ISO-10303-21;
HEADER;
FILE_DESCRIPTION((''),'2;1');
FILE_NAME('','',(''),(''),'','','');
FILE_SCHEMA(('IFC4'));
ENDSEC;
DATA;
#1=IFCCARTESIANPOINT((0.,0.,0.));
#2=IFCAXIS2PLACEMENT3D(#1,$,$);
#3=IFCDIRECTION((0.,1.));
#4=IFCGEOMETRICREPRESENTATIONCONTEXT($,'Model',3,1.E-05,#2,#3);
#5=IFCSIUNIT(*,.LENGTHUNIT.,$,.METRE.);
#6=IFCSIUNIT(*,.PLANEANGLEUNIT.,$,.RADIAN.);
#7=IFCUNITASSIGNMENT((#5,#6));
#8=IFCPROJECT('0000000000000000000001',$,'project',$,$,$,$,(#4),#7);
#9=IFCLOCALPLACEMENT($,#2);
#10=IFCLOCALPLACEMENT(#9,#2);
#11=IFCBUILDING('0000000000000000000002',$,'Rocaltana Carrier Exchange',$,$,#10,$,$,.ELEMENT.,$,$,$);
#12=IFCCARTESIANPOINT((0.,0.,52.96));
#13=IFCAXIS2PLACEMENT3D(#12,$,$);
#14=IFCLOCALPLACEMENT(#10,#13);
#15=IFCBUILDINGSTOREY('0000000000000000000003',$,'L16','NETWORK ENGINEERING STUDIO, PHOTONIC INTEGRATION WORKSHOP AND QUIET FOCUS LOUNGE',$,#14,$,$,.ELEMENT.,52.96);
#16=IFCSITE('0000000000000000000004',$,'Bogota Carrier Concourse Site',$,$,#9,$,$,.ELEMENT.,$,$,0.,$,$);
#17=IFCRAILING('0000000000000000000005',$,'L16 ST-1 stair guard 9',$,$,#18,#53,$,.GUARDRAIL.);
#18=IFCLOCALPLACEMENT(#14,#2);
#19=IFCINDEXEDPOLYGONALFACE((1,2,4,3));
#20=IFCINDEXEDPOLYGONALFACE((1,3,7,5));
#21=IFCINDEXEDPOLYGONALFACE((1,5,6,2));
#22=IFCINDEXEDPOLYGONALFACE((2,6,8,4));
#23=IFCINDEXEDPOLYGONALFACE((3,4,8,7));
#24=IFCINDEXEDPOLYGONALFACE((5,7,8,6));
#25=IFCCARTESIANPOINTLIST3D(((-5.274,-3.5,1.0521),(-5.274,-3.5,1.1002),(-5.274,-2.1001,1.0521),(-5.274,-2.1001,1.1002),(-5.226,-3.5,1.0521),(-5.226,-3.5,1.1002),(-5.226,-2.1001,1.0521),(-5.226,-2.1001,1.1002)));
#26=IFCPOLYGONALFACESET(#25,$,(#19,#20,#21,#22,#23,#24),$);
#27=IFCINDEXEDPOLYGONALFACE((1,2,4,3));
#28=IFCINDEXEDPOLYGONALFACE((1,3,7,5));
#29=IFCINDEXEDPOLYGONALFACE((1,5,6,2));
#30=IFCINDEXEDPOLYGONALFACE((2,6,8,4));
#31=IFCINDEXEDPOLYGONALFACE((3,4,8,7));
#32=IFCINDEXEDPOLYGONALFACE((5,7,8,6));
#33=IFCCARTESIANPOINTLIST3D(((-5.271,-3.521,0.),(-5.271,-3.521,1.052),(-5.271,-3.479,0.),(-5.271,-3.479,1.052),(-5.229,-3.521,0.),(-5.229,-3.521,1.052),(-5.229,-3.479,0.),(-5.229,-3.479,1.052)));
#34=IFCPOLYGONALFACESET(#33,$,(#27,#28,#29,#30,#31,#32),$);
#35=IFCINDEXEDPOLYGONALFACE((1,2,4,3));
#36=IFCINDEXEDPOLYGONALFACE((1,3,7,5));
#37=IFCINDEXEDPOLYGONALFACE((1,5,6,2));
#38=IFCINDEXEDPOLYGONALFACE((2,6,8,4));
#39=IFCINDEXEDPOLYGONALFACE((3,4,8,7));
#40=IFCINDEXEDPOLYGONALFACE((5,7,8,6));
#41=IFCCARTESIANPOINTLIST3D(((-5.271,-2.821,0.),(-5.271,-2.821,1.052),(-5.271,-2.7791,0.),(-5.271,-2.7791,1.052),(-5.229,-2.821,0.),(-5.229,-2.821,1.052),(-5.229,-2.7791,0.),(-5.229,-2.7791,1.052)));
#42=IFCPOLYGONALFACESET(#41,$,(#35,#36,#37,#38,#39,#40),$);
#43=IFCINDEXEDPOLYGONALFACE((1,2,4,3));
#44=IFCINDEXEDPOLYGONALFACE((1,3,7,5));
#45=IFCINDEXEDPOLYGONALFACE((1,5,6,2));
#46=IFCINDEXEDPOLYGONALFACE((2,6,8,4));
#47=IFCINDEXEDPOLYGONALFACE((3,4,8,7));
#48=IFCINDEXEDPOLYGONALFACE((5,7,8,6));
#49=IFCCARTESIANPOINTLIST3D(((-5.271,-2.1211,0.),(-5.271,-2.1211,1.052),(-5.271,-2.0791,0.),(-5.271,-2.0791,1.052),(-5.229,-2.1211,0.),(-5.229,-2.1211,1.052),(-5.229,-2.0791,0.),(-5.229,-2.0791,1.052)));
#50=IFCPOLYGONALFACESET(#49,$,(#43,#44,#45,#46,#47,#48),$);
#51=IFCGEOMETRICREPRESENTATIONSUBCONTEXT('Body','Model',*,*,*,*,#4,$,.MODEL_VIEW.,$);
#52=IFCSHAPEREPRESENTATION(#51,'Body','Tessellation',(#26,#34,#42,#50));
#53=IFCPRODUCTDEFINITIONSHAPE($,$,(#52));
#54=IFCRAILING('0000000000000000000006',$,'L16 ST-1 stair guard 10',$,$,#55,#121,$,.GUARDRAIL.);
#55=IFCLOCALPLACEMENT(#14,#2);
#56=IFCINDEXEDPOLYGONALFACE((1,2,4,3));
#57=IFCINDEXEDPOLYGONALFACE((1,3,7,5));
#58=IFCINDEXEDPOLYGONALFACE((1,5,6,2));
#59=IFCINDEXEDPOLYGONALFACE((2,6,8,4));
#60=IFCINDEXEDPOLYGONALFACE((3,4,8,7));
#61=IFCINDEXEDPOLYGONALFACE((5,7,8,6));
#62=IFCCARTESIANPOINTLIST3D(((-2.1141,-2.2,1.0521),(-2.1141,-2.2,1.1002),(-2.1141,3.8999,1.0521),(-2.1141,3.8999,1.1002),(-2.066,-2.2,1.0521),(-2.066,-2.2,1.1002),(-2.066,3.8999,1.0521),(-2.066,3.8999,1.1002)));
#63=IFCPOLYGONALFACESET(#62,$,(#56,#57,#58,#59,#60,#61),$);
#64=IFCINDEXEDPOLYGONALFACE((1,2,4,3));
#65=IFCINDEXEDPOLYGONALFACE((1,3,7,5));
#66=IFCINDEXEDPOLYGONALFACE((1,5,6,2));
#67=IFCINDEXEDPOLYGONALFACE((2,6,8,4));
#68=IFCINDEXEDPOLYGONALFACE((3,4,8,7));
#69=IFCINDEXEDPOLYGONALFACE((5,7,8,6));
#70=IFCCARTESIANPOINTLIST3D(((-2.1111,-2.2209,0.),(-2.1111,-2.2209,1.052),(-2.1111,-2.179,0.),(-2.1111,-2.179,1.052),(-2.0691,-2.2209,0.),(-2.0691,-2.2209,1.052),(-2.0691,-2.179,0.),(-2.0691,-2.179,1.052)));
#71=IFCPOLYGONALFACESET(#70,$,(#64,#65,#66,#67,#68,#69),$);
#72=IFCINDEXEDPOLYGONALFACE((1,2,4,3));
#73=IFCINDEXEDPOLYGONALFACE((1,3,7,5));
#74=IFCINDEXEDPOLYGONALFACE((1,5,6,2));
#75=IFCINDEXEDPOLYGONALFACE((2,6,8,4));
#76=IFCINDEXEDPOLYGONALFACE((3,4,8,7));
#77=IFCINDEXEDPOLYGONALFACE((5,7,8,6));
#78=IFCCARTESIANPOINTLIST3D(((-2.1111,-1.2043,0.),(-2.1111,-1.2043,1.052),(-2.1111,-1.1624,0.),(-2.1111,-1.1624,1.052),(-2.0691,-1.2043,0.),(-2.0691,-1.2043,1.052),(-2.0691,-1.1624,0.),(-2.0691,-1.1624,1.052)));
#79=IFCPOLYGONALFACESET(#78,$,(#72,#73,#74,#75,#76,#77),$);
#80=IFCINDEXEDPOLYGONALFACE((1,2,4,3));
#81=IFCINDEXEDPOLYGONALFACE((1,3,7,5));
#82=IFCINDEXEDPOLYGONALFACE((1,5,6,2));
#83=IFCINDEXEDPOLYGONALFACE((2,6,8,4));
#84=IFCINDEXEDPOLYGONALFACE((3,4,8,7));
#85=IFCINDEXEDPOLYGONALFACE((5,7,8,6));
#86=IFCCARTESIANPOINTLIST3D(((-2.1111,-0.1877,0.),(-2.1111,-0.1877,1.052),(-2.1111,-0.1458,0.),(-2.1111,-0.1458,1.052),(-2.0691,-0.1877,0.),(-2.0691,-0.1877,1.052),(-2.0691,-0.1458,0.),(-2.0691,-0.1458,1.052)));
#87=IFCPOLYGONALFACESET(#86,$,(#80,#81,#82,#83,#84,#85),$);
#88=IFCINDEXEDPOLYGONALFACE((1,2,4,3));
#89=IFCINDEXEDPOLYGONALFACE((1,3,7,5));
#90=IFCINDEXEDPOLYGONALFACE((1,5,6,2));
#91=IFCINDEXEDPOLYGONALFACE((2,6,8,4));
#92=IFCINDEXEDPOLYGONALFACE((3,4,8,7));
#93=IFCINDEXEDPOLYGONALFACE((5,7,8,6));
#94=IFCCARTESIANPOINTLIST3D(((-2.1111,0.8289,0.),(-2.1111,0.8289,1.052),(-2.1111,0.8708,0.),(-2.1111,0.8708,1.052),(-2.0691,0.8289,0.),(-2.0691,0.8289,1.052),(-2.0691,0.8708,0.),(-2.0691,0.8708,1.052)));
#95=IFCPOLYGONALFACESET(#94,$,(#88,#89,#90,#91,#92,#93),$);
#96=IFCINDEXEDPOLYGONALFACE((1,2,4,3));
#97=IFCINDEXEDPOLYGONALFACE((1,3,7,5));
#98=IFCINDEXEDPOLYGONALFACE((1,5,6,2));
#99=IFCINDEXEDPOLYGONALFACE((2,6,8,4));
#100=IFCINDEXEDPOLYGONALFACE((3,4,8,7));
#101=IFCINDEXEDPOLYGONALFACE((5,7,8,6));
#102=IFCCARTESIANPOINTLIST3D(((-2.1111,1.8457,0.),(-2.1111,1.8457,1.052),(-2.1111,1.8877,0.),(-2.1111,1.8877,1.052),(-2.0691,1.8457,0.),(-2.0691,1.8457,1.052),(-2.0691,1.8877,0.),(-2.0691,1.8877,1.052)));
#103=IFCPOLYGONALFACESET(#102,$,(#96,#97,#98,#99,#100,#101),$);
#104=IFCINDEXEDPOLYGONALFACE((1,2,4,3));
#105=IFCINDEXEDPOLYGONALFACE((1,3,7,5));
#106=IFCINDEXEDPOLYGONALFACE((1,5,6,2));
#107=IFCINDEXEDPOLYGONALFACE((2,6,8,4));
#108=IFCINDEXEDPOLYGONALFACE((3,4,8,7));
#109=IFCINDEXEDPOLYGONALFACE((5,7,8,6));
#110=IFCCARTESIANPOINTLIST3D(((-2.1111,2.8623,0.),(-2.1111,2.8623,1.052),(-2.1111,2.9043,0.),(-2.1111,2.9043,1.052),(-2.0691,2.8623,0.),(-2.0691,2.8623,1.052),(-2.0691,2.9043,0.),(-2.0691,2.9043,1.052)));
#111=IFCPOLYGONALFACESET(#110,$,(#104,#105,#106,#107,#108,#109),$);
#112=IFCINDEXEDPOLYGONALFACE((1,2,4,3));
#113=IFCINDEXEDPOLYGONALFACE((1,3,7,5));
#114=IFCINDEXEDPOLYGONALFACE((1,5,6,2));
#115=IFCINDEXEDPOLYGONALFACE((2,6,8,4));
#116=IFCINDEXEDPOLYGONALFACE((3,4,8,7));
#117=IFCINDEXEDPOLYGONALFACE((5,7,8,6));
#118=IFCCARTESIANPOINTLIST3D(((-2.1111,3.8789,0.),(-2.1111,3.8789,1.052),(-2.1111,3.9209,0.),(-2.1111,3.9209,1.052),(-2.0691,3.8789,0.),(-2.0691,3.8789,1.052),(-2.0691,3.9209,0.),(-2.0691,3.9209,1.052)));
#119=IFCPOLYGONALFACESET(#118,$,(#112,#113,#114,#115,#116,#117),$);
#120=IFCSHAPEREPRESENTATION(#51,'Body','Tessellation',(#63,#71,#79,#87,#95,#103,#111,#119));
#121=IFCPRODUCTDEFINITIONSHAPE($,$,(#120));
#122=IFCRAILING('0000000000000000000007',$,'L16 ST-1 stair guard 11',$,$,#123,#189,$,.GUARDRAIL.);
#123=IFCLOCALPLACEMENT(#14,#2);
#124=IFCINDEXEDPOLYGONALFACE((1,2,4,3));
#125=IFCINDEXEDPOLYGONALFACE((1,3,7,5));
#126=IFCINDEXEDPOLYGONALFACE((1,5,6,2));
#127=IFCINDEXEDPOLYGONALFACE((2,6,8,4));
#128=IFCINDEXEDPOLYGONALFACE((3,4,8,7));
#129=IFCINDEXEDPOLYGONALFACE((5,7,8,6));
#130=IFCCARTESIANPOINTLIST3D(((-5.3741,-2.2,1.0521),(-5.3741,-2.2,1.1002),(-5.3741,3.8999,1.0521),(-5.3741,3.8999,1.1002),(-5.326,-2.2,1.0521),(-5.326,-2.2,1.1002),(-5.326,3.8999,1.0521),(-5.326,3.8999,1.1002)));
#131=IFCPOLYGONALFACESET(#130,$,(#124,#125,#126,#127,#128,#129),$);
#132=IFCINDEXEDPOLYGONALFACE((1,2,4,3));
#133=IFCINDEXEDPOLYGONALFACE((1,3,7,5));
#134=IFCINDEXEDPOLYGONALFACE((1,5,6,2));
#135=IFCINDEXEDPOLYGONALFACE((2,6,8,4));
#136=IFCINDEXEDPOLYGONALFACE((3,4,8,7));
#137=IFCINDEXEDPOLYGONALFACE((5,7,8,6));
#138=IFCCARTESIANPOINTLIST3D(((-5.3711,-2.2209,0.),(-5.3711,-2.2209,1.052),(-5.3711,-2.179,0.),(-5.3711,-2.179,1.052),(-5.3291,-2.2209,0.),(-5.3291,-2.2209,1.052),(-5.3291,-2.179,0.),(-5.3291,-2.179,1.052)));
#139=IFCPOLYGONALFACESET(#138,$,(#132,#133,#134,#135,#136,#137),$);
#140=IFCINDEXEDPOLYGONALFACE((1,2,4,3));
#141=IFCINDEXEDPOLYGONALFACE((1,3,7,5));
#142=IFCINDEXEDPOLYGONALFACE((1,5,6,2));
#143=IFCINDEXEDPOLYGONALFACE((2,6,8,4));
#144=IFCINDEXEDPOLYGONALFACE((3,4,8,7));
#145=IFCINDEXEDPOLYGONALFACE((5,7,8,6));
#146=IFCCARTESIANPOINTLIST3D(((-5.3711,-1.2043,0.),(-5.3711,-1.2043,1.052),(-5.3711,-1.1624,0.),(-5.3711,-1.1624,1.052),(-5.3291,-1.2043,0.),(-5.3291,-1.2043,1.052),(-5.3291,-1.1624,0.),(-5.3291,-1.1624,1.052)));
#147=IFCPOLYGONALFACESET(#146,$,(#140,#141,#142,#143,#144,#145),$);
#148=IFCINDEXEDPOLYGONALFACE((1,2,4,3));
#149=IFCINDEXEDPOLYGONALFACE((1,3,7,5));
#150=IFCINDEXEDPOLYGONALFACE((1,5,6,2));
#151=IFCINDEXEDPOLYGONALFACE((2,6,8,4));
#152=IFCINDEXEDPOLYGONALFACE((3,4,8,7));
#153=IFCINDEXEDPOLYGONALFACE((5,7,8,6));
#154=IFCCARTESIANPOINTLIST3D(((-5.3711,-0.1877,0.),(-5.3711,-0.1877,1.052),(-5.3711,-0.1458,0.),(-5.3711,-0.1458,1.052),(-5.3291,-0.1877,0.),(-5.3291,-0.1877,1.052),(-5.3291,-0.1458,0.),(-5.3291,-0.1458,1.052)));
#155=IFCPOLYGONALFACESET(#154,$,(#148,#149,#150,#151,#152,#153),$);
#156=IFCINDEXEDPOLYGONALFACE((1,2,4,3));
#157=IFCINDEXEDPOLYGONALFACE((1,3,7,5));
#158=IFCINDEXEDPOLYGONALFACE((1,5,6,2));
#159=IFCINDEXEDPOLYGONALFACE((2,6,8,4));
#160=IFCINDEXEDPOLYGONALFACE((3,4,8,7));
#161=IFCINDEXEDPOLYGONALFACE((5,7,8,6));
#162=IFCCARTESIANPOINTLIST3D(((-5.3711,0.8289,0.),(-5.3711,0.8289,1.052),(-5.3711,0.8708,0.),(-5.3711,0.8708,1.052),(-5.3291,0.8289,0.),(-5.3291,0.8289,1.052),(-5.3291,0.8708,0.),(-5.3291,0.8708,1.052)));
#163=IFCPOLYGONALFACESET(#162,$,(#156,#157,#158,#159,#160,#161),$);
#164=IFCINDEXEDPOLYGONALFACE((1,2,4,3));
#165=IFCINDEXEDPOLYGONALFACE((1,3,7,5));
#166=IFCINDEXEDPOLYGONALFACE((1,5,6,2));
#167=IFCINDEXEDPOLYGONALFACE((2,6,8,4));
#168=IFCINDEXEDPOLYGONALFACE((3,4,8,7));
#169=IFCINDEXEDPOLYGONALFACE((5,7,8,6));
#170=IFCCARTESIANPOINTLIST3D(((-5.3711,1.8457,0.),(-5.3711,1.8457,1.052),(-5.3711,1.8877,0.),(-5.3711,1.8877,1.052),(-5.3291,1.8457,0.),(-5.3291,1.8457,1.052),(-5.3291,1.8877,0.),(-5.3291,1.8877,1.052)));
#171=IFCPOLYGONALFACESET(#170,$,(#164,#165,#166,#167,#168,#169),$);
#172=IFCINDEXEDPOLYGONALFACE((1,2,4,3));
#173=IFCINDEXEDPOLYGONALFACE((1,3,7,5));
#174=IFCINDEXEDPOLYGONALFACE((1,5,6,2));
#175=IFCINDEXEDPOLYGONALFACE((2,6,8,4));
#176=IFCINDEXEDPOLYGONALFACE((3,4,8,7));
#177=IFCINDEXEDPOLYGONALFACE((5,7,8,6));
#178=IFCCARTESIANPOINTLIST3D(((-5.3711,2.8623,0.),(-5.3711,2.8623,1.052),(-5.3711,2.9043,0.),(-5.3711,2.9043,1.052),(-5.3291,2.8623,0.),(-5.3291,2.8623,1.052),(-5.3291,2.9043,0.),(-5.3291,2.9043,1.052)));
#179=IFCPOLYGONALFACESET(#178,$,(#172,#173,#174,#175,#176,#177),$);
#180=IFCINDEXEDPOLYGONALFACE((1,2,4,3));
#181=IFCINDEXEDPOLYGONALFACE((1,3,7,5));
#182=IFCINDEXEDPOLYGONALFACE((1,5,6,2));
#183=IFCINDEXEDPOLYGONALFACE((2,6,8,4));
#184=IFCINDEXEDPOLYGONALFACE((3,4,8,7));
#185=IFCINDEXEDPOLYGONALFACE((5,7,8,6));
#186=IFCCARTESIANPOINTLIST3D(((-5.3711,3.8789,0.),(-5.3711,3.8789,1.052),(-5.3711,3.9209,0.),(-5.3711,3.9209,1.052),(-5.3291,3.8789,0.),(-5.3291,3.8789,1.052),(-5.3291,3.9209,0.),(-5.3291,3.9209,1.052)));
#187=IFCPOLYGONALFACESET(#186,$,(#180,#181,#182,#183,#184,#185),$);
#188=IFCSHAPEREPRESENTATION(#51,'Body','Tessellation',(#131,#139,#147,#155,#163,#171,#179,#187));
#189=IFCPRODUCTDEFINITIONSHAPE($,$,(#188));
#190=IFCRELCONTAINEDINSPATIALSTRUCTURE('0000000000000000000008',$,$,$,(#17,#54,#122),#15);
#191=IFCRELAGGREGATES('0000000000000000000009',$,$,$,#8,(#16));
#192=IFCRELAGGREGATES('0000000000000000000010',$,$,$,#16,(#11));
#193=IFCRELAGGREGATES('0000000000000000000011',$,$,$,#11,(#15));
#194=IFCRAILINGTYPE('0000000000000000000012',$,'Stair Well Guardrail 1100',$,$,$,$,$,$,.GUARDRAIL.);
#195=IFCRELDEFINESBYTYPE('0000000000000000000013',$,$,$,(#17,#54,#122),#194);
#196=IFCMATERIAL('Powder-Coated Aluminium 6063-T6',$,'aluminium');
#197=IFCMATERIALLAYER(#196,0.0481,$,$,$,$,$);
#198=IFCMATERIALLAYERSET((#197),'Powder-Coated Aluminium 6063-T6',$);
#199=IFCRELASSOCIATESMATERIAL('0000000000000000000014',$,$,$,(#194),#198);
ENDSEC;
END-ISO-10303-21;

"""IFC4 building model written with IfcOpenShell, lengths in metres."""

from ifc_helpers import new_model, si_unit, direction, frame, origin, origin_2d, place, context, subcontext, project, spatial, rectangle, extrude, material, layer, layer_set, type_object, element, save


model = new_model("IFC4")

# Units and contexts
model_context = context("Model", 3, precision=1e-05, world=origin(), true_north=direction((0.0, 1.0)))
body_context = subcontext(model_context, "Body", "Model", "MODEL_VIEW")
ifc_project = project(units=[si_unit("LENGTHUNIT", "METRE"), si_unit("PLANEANGLEUNIT", "RADIAN")], contexts=[model_context])

# Site, building, storey
site_placement = place(None, origin())
site = spatial("IfcSite", under=ifc_project, at=site_placement, Name="Bogota Carrier Concourse Site", CompositionType="ELEMENT", RefElevation=0.0)
building_placement = place(site_placement, origin())
building = spatial("IfcBuilding", under=site, at=building_placement, Name="Rocaltana Carrier Exchange", CompositionType="ELEMENT")
storey_placement = place(building_placement, frame((0.0, 0.0, 52.96)))
storey = spatial("IfcBuildingStorey", under=building, at=storey_placement, Name="L16", Description="NETWORK ENGINEERING STUDIO, PHOTONIC INTEGRATION WORKSHOP AND QUIET FOCUS LOUNGE", CompositionType="ELEMENT", Elevation=52.96)

# Railings
ifc_material_1 = material(Name="Powder-Coated Aluminium 6063-T6", Category="aluminium")
ifc_layer_1 = layer(ifc_material_1, 0.0481)
ifc_layer_set_1 = layer_set([ifc_layer_1], Name="Powder-Coated Aluminium 6063-T6")
railing_type_1 = type_object("IfcRailingType", Name="Stair Well Guardrail 1100", PredefinedType="GUARDRAIL", material=ifc_layer_set_1)
for number, where, name in (
    (1, (-5.25, -3.5, 0.0), "L16 ST-1 stair guard 9"),
):
    element("IfcRailing", number, at=place(storey_placement, frame(where)), inside=storey, type_object=railing_type_1, Name=name, PredefinedType="GUARDRAIL", context=body_context, shape_type="SweptSolid", body=[
        extrude(rectangle(XDim=0.0481, YDim=0.0481, at=origin_2d()), frame((0.0, 0.0, 1.0762), z_axis=(0.0, 1.0, 0.0), x_axis=(-1.0, 0.0, 0.0)), (0.0, 0.0, 1.0), 1.3999),
        extrude(rectangle(XDim=0.042, YDim=0.042, at=origin_2d()), origin(), (0.0, 0.0, 1.0), 1.052),
        extrude(rectangle(XDim=0.042, YDim=0.042, at=origin_2d()), frame((0.0, 0.7, 0.0)), (0.0, 0.0, 1.0), 1.052),
        extrude(rectangle(XDim=0.042, YDim=0.042, at=origin_2d()), frame((0.0, 1.3999, 0.0)), (0.0, 0.0, 1.0), 1.052),
    ])
for number, where, name in (
    (2, (-2.0901, -2.2, 0.0), "L16 ST-1 stair guard 10"),
    (3, (-5.3501, -2.2, 0.0), "L16 ST-1 stair guard 11"),
):
    element("IfcRailing", number, at=place(storey_placement, frame(where)), inside=storey, type_object=railing_type_1, Name=name, PredefinedType="GUARDRAIL", context=body_context, shape_type="SweptSolid", body=[
        extrude(rectangle(XDim=0.0481, YDim=0.0481, at=origin_2d()), frame((0.0, 0.0, 1.0762), z_axis=(0.0, 1.0, 0.0), x_axis=(-1.0, 0.0, 0.0)), (0.0, 0.0, 1.0), 6.0999),
        extrude(rectangle(XDim=0.042, YDim=0.042, at=origin_2d()), origin(), (0.0, 0.0, 1.0), 1.052),
        extrude(rectangle(XDim=0.042, YDim=0.042, at=origin_2d()), frame((0.0, 1.0166, 0.0)), (0.0, 0.0, 1.0), 1.052),
        extrude(rectangle(XDim=0.042, YDim=0.042, at=origin_2d()), frame((0.0, 2.0332, 0.0)), (0.0, 0.0, 1.0), 1.052),
        extrude(rectangle(XDim=0.042, YDim=0.042, at=origin_2d()), frame((0.0, 3.0498, 0.0)), (0.0, 0.0, 1.0), 1.052),
        extrude(rectangle(XDim=0.042, YDim=0.042, at=origin_2d()), frame((0.0, 4.0667, 0.0)), (0.0, 0.0, 1.0), 1.052),
        extrude(rectangle(XDim=0.042, YDim=0.042, at=origin_2d()), frame((0.0, 5.0833, 0.0)), (0.0, 0.0, 1.0), 1.052),
        extrude(rectangle(XDim=0.042, YDim=0.042, at=origin_2d()), frame((0.0, 6.0999, 0.0)), (0.0, 0.0, 1.0), 1.052),
    ])

save(model, "model.ifc")
